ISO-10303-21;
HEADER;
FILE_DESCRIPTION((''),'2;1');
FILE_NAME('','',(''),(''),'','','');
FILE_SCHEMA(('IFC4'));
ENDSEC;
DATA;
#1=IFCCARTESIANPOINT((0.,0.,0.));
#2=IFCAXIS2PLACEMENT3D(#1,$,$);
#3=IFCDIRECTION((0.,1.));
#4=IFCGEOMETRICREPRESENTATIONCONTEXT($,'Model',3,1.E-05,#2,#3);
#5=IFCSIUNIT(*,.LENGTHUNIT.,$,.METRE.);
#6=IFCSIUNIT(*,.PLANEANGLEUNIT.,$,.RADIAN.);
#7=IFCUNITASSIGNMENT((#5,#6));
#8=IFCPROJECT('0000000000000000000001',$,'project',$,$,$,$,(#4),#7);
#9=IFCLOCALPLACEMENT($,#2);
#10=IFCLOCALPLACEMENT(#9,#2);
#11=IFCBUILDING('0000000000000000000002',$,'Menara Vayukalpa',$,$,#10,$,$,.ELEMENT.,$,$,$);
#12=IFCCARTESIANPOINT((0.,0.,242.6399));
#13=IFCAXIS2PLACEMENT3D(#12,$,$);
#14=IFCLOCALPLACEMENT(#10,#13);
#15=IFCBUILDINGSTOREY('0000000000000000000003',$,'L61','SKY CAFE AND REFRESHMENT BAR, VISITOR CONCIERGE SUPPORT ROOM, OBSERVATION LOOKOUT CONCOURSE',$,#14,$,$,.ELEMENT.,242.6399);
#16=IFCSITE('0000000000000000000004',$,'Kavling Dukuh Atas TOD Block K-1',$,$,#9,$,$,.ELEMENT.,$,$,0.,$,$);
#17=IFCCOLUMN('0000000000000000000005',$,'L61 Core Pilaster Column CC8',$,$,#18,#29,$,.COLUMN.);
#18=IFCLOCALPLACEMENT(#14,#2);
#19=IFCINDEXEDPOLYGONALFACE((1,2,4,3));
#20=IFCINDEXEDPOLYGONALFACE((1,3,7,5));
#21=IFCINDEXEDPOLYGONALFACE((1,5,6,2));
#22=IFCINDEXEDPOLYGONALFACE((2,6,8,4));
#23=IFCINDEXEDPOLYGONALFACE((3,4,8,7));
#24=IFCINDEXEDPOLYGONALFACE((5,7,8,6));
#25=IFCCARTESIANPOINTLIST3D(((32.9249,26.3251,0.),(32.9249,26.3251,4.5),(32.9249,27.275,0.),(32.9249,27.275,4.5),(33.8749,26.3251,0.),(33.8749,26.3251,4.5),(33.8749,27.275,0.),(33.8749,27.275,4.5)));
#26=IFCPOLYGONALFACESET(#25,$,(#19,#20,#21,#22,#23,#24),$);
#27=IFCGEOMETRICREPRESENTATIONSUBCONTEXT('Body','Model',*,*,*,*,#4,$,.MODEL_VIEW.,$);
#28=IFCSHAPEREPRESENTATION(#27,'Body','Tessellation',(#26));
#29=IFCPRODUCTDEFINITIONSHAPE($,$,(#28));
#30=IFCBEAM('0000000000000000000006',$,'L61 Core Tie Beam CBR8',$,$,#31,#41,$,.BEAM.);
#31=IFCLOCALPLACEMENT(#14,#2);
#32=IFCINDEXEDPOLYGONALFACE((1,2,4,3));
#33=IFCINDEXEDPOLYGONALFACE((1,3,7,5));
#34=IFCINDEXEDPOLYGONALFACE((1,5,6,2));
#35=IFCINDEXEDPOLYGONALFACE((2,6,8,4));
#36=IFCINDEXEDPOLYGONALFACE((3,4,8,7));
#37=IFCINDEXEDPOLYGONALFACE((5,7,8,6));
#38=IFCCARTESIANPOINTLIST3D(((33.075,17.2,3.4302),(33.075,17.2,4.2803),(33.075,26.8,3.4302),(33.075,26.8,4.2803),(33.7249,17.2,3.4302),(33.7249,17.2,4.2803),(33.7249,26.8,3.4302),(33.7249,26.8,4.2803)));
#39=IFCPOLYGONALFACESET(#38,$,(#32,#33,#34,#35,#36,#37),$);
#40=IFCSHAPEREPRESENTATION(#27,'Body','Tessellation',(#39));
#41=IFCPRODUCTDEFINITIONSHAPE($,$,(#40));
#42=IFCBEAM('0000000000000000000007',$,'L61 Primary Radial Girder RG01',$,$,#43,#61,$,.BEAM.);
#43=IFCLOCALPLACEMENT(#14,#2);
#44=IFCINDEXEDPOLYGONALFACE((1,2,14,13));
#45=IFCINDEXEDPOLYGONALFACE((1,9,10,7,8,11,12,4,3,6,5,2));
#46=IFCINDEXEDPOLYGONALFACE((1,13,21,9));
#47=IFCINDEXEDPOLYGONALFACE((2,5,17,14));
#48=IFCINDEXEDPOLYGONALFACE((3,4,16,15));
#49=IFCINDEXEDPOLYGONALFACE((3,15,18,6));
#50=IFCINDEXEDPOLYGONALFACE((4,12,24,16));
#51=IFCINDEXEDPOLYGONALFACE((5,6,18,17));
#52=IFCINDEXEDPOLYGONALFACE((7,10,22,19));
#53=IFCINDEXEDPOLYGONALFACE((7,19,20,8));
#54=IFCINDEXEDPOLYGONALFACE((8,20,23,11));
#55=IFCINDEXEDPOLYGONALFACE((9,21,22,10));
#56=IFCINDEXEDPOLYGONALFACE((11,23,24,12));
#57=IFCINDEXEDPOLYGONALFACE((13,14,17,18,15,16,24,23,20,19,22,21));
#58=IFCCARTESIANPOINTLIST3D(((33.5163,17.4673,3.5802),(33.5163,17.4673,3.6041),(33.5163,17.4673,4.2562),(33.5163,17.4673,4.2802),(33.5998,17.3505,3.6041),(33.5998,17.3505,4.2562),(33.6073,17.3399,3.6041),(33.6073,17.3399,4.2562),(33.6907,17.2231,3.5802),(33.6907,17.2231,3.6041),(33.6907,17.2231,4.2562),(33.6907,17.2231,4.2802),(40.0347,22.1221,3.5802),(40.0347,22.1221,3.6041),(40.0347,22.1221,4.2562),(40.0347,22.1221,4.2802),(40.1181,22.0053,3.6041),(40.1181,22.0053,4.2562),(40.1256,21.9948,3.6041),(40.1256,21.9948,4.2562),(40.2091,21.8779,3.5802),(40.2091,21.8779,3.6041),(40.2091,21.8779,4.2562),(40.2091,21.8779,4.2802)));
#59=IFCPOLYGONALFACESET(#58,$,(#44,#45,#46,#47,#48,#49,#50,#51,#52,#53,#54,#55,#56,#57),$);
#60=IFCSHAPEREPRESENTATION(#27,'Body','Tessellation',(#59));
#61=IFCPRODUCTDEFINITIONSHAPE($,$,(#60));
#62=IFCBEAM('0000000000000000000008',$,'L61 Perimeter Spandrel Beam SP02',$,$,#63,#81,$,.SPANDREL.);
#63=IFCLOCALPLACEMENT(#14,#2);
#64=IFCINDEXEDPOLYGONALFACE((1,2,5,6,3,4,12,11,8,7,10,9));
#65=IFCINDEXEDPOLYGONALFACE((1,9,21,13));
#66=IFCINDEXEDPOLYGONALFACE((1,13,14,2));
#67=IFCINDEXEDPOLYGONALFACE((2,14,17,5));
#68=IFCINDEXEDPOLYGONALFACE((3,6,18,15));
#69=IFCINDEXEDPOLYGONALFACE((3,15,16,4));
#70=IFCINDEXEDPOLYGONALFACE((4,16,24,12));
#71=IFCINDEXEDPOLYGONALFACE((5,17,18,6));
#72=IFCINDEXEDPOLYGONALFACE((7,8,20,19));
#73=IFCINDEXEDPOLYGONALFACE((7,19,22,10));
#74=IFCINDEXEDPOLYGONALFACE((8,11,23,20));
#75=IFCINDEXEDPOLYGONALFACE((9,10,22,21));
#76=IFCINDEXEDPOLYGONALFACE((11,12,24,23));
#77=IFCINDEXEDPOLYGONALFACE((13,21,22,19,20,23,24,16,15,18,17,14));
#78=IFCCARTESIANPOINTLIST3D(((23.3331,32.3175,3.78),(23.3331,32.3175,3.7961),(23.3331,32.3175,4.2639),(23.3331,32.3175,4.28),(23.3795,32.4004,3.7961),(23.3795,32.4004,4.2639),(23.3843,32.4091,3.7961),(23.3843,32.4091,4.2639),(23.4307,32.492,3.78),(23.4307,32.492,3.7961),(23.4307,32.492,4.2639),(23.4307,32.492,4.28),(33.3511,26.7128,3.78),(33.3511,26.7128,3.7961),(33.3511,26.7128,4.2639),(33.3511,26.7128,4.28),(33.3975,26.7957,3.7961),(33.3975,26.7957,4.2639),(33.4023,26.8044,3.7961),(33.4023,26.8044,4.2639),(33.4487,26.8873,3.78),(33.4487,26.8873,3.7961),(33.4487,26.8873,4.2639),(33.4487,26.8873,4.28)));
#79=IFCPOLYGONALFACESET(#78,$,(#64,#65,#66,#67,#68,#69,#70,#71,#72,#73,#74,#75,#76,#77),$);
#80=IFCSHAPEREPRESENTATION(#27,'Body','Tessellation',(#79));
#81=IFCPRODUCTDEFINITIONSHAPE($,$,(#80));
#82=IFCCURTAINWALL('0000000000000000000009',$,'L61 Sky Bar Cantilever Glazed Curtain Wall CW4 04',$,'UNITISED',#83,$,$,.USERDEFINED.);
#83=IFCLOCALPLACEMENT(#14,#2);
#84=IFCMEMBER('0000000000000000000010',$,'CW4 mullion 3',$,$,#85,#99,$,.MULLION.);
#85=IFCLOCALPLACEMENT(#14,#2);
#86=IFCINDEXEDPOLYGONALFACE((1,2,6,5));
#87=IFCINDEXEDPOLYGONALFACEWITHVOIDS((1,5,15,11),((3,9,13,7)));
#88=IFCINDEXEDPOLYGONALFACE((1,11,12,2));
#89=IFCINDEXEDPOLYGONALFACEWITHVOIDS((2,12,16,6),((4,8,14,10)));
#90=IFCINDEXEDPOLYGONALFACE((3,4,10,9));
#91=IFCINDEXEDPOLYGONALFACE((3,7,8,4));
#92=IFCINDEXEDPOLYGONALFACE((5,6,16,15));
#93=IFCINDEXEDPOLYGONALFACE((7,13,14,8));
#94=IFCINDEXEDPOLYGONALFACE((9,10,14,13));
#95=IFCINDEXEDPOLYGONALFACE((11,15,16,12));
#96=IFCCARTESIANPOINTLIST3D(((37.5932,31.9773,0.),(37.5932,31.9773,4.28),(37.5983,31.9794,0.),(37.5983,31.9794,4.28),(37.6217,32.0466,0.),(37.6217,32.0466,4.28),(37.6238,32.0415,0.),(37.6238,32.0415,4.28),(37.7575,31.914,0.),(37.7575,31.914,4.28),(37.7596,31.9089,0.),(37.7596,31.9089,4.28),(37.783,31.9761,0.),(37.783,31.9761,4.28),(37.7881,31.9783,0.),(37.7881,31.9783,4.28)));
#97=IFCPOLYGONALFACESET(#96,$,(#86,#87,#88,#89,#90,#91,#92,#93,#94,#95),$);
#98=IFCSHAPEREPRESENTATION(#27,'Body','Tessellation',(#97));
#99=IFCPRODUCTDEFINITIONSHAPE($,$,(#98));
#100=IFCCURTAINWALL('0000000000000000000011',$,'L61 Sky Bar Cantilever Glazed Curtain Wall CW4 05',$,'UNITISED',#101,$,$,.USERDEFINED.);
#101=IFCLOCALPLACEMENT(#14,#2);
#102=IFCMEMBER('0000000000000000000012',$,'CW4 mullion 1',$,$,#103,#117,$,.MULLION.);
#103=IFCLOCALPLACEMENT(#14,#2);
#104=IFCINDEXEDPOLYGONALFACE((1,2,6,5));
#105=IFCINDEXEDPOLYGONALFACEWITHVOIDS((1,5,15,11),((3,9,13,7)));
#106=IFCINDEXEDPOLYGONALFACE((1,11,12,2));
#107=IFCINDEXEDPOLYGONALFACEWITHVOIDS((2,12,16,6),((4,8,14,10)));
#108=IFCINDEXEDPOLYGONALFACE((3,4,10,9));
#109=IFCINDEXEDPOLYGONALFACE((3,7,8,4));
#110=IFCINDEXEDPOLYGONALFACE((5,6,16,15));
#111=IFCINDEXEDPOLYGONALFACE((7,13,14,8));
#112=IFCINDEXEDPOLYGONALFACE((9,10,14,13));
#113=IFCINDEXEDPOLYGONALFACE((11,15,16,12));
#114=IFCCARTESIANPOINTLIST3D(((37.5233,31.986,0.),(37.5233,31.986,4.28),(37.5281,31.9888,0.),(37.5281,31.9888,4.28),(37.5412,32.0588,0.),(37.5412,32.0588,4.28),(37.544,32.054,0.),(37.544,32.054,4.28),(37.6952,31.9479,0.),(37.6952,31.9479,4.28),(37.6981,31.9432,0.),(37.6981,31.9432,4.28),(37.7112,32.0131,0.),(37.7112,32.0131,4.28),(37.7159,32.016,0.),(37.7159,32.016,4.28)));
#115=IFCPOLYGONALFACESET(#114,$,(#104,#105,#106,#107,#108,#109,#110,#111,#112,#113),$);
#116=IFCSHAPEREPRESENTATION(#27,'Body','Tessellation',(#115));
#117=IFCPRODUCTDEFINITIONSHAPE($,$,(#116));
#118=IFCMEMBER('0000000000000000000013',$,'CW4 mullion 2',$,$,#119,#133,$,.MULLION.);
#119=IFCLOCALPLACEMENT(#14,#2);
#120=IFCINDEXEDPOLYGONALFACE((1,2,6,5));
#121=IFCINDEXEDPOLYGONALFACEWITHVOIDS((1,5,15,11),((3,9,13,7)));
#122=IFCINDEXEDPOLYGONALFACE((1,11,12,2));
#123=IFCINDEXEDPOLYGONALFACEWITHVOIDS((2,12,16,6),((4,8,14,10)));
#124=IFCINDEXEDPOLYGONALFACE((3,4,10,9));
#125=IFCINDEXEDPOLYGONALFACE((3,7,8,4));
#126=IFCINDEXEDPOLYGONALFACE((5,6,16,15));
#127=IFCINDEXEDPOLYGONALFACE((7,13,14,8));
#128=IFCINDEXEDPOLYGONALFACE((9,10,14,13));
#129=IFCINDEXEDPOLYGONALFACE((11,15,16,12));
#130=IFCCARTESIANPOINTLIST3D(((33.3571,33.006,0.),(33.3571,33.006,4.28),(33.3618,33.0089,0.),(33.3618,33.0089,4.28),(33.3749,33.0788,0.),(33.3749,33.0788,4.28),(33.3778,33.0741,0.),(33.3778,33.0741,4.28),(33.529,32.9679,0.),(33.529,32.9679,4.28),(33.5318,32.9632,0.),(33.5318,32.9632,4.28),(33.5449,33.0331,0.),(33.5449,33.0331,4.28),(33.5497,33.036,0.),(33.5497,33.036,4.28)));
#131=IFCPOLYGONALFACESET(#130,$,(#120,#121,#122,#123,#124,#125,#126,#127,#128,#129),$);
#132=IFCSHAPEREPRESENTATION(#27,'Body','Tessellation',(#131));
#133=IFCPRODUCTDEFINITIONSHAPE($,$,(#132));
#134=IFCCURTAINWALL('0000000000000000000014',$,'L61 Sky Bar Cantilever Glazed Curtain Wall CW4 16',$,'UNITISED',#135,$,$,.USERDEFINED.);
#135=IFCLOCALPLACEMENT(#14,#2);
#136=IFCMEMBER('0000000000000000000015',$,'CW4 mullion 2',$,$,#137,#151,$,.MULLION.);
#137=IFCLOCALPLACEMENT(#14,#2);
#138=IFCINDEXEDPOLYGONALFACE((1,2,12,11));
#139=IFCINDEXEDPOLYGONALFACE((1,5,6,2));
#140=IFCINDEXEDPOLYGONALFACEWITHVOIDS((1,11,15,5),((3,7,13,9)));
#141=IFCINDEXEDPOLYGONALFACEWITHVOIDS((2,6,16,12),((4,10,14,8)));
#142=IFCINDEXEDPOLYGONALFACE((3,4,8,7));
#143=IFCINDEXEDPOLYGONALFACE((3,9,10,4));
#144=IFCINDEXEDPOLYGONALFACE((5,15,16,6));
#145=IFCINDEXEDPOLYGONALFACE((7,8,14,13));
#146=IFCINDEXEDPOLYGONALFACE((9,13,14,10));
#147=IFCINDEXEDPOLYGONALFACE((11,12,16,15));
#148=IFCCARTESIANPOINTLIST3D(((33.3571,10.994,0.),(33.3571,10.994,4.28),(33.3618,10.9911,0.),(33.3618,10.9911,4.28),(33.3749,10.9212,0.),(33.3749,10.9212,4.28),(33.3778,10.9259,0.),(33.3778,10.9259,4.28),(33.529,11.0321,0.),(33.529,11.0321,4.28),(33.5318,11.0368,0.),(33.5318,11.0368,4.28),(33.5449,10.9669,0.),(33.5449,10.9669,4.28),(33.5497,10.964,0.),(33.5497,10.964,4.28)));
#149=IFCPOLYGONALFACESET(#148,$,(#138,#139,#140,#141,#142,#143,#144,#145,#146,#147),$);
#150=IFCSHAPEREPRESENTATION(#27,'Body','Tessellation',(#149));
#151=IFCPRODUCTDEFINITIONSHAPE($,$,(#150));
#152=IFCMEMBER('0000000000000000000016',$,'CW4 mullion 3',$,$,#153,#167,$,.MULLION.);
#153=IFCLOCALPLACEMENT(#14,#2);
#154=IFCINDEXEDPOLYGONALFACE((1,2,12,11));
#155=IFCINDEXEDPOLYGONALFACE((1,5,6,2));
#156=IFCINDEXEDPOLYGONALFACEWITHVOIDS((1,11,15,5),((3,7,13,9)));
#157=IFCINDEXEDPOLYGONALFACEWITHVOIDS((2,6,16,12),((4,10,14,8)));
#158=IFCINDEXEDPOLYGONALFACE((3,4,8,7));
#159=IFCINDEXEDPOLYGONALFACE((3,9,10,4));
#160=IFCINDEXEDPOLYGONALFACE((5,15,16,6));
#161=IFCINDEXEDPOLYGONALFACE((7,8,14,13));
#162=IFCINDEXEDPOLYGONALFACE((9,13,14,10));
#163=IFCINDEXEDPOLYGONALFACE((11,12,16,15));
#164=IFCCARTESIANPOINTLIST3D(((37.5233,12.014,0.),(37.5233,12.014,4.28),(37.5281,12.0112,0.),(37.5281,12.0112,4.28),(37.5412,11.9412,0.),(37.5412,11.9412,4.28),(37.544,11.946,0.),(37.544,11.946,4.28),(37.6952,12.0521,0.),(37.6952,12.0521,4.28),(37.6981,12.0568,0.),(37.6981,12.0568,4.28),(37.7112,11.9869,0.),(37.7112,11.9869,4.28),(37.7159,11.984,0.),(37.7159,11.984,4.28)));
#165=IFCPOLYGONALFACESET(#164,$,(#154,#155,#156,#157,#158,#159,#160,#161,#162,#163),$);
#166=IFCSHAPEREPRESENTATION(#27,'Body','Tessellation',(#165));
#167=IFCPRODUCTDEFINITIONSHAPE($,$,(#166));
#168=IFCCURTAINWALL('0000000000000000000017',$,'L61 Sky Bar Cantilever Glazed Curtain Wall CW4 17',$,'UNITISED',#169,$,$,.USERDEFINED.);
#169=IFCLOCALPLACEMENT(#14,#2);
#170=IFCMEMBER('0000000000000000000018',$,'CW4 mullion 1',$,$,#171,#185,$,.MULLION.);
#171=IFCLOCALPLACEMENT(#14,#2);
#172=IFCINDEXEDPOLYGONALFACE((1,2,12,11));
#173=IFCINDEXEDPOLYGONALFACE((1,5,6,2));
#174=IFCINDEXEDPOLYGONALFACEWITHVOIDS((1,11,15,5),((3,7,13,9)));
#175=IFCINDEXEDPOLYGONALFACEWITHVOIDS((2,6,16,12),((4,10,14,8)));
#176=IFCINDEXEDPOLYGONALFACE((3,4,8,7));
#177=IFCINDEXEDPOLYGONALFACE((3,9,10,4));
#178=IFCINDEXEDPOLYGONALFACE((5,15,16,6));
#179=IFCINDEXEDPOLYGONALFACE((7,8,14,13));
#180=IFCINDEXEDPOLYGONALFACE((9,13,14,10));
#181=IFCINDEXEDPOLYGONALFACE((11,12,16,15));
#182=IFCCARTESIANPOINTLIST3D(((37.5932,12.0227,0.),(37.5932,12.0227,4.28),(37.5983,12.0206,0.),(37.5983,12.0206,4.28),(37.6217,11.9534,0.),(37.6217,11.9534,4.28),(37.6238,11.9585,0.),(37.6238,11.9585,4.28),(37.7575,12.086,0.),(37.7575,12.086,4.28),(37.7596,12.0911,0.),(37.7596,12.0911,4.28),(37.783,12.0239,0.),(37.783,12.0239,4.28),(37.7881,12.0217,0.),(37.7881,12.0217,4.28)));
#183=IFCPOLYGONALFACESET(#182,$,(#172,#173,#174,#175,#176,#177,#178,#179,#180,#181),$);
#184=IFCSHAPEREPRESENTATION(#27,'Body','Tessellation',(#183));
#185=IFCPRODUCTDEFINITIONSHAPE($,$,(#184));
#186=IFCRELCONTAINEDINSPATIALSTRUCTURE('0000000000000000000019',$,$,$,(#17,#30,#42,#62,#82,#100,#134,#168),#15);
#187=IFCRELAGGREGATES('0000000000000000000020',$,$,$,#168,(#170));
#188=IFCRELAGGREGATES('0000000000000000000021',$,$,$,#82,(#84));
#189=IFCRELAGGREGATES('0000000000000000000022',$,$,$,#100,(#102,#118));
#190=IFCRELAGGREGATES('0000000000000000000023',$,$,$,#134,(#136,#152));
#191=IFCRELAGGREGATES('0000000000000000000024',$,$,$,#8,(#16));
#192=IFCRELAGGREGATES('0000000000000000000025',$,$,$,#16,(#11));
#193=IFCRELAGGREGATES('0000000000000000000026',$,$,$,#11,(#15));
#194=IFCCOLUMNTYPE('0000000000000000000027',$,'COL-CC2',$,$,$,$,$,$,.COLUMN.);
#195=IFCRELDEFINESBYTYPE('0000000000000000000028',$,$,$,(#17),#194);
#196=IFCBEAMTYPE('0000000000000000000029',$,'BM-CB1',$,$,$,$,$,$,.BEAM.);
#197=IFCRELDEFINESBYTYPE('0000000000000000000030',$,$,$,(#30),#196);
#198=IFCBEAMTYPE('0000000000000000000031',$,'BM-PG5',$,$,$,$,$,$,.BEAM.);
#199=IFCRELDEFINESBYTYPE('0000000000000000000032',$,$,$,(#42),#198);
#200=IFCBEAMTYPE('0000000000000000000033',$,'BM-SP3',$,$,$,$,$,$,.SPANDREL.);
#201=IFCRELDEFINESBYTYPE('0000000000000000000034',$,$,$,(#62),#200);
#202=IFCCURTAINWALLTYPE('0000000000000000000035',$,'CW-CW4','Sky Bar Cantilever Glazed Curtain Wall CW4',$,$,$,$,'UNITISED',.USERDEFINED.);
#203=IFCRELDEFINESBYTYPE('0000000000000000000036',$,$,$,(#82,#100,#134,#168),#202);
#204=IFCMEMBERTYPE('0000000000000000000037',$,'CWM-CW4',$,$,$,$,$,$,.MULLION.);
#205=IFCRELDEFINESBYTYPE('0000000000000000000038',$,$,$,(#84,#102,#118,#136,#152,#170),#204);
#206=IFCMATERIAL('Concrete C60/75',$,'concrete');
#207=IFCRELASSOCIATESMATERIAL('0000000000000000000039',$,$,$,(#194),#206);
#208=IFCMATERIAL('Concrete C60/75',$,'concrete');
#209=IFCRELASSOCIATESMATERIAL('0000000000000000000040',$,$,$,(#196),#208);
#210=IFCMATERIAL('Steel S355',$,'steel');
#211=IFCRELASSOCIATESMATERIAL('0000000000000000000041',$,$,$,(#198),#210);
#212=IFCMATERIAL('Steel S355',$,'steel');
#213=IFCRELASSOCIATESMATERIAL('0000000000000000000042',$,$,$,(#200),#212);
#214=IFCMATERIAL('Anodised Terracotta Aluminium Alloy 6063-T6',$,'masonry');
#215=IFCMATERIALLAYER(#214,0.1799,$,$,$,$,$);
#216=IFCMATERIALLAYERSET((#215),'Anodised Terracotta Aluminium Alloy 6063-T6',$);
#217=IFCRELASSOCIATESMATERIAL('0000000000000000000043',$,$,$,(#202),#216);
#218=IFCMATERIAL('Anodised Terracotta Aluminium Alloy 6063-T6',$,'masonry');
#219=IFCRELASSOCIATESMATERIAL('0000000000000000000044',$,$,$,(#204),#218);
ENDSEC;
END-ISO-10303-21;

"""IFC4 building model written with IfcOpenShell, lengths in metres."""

from ifc_helpers import new_model, si_unit, direction, frame, origin, origin_2d, place, context, subcontext, project, spatial, rectangle, hollow_rectangle, i_section, extrude, material, layer, layer_set, material_profile, profile_set, type_object, element, aggregate, save


model = new_model("IFC4")

# Units and contexts
model_context = context("Model", 3, precision=1e-05, world=origin(), true_north=direction((0.0, 1.0)))
body_context = subcontext(model_context, "Body", "Model", "MODEL_VIEW")
ifc_project = project(units=[si_unit("LENGTHUNIT", "METRE"), si_unit("PLANEANGLEUNIT", "RADIAN")], contexts=[model_context])

# Site, building, storey
site_placement = place(None, origin())
site = spatial("IfcSite", under=ifc_project, at=site_placement, Name="Kavling Dukuh Atas TOD Block K-1", CompositionType="ELEMENT", RefElevation=0.0)
building_placement = place(site_placement, origin())
building = spatial("IfcBuilding", under=site, at=building_placement, Name="Menara Vayukalpa", CompositionType="ELEMENT")
storey_placement = place(building_placement, frame((0.0, 0.0, 242.6399)))
storey = spatial("IfcBuildingStorey", under=building, at=storey_placement, Name="L61", Description="SKY CAFE AND REFRESHMENT BAR, VISITOR CONCIERGE SUPPORT ROOM, OBSERVATION LOOKOUT CONCOURSE", CompositionType="ELEMENT", Elevation=242.6399)

# Column
ifc_material_1 = material(Name="Concrete C60/75", Category="concrete")
ifc_material_profile_1 = material_profile(ifc_material_1, rectangle(XDim=0.95, YDim=0.95, at=origin_2d()), Name="RC 950x950")
ifc_profile_set_1 = profile_set([ifc_material_profile_1], Name="Concrete C60/75")
column_type = type_object("IfcColumnType", Name="COL-CC2", PredefinedType="COLUMN", material=ifc_profile_set_1)
column_placement = place(storey_placement, frame((33.3999, 26.8, 0.0), z_axis=(0.0, 0.0, 1.0), x_axis=(1.0, 0.0, 0.0)))
element("IfcColumn", 1, at=column_placement, inside=storey, type_object=column_type, Name="L61 Core Pilaster Column CC8", PredefinedType="COLUMN", context=body_context, shape_type="SweptSolid", body=[
    extrude(rectangle(XDim=0.95, YDim=0.95, at=origin_2d()), origin(), (0.0, 0.0, 1.0), 4.5),
])

# Beams
ifc_material_2 = material(Name="Concrete C60/75", Category="concrete")
ifc_material_profile_2 = material_profile(ifc_material_2, rectangle(XDim=0.6499, YDim=0.8501, at=origin_2d()), Name="RC 650x850")
ifc_profile_set_2 = profile_set([ifc_material_profile_2], Name="Concrete C60/75")
beam_type_1 = type_object("IfcBeamType", Name="BM-CB1", PredefinedType="BEAM", material=ifc_profile_set_2)
beam_1_placement = place(storey_placement, frame((33.3999, 17.2, 3.8552), z_axis=(0.0, 1.0, 0.0), x_axis=(-1.0, 0.0, 0.0)))
element("IfcBeam", 2, at=beam_1_placement, inside=storey, type_object=beam_type_1, Name="L61 Core Tie Beam CBR8", PredefinedType="BEAM", context=body_context, shape_type="SweptSolid", body=[
    extrude(rectangle(XDim=0.6499, YDim=0.8501, at=origin_2d()), origin(), (0.0, 0.0, 1.0), 9.6001),
])
ifc_material_3 = material(Name="Steel S355", Category="steel")
ifc_material_profile_3 = material_profile(ifc_material_3, i_section(OverallWidth=0.3, OverallDepth=0.7, WebThickness=0.0129, FlangeThickness=0.0239, at=origin_2d()), Name="WF 700x300x13x24")
ifc_profile_set_3 = profile_set([ifc_material_profile_3], Name="Steel S355")
beam_type_2 = type_object("IfcBeamType", Name="BM-PG5", PredefinedType="BEAM", material=ifc_profile_set_3)
beam_2_placement = place(storey_placement, frame((33.6035, 17.3452, 3.9302), z_axis=(0.813801, 0.581143, 0.0), x_axis=(-0.581143, 0.813801, 0.0)))
element("IfcBeam", 3, at=beam_2_placement, inside=storey, type_object=beam_type_2, Name="L61 Primary Radial Girder RG01", PredefinedType="BEAM", context=body_context, shape_type="SweptSolid", body=[
    extrude(i_section(OverallWidth=0.3, OverallDepth=0.7, WebThickness=0.0129, FlangeThickness=0.0239, at=origin_2d()), origin(), (0.0, 0.0, 1.0), 8.0098),
])
ifc_material_4 = material(Name="Steel S355", Category="steel")
ifc_material_profile_4 = material_profile(ifc_material_4, i_section(OverallWidth=0.2, OverallDepth=0.5, WebThickness=0.01, FlangeThickness=0.0161, at=origin_2d()), Name="WF 500x200x10x16")
ifc_profile_set_4 = profile_set([ifc_material_profile_4], Name="Steel S355")
beam_type_3 = type_object("IfcBeamType", Name="BM-SP3", PredefinedType="SPANDREL", material=ifc_profile_set_4)
beam_3_placement = place(storey_placement, frame((33.3999, 26.8, 4.03), z_axis=(-0.872706, 0.488246, 0.0), x_axis=(-0.488246, -0.872706, 0.0)))
element("IfcBeam", 4, at=beam_3_placement, inside=storey, type_object=beam_type_3, Name="L61 Perimeter Spandrel Beam SP02", PredefinedType="SPANDREL", context=body_context, shape_type="SweptSolid", body=[
    extrude(i_section(OverallWidth=0.2, OverallDepth=0.5, WebThickness=0.01, FlangeThickness=0.0161, at=origin_2d()), origin(), (0.0, 0.0, 1.0), 11.4792),
])

# Curtain wall, member
ifc_material_5 = material(Name="Anodised Terracotta Aluminium Alloy 6063-T6", Category="masonry")
ifc_layer_1 = layer(ifc_material_5, 0.1799)
ifc_layer_set_1 = layer_set([ifc_layer_1], Name="Anodised Terracotta Aluminium Alloy 6063-T6")
curtain_wall_type = type_object("IfcCurtainWallType", Name="CW-CW4", Description="Sky Bar Cantilever Glazed Curtain Wall CW4", ElementType="UNITISED", PredefinedType="USERDEFINED", material=ifc_layer_set_1)
curtain_wall_1_placement = place(storey_placement, origin())
curtain_wall_1 = element("IfcCurtainWall", 5, at=curtain_wall_1_placement, inside=storey, type_object=curtain_wall_type, Name="L61 Sky Bar Cantilever Glazed Curtain Wall CW4 04", ObjectType="UNITISED", PredefinedType="USERDEFINED")
ifc_material_6 = material(Name="Anodised Terracotta Aluminium Alloy 6063-T6", Category="masonry")
ifc_material_profile_5 = material_profile(ifc_material_6, hollow_rectangle(XDim=0.075, YDim=0.1799, WallThickness=0.0039, at=origin_2d()), Name="ALU 75x180x4")
ifc_profile_set_5 = profile_set([ifc_material_profile_5], Name="Anodised Terracotta Aluminium Alloy 6063-T6")
member_type_1 = type_object("IfcMemberType", Name="CWM-CW4", PredefinedType="MULLION", material=ifc_profile_set_5)
member_1_placement = place(storey_placement, frame((37.6907, 31.9778, 0.0), z_axis=(0.0, 0.0, 1.0), x_axis=(-0.380039, -0.92497, 0.0)))
member_1 = element("IfcMember", 6, at=member_1_placement, type_object=member_type_1, Name="CW4 mullion 3", PredefinedType="MULLION", context=body_context, shape_type="SweptSolid", body=[
    extrude(hollow_rectangle(XDim=0.075, YDim=0.1799, WallThickness=0.0039, at=origin_2d()), origin(), (0.0, 0.0, 1.0), 4.28),
])

# Curtain walls, members
curtain_wall_2_placement = place(storey_placement, origin())
curtain_wall_2 = element("IfcCurtainWall", 7, at=curtain_wall_2_placement, inside=storey, type_object=curtain_wall_type, Name="L61 Sky Bar Cantilever Glazed Curtain Wall CW4 05", ObjectType="UNITISED", PredefinedType="USERDEFINED")
member_2_placement = place(storey_placement, frame((37.6196, 32.001, 0.0), z_axis=(0.0, 0.0, 1.0), x_axis=(-0.23781, -0.971312, 0.0)))
member_2 = element("IfcMember", 8, at=member_2_placement, type_object=member_type_1, Name="CW4 mullion 1", PredefinedType="MULLION", context=body_context, shape_type="SweptSolid", body=[
    extrude(hollow_rectangle(XDim=0.075, YDim=0.1799, WallThickness=0.0039, at=origin_2d()), origin(), (0.0, 0.0, 1.0), 4.28),
])
member_3_placement = place(storey_placement, frame((33.4534, 33.021, 0.0), z_axis=(0.0, 0.0, 1.0), x_axis=(-0.23781, -0.971312, 0.0)))
member_3 = element("IfcMember", 9, at=member_3_placement, type_object=member_type_1, Name="CW4 mullion 2", PredefinedType="MULLION", context=body_context, shape_type="SweptSolid", body=[
    extrude(hollow_rectangle(XDim=0.075, YDim=0.1799, WallThickness=0.0039, at=origin_2d()), origin(), (0.0, 0.0, 1.0), 4.28),
])
curtain_wall_3_placement = place(storey_placement, origin())
curtain_wall_3 = element("IfcCurtainWall", 10, at=curtain_wall_3_placement, inside=storey, type_object=curtain_wall_type, Name="L61 Sky Bar Cantilever Glazed Curtain Wall CW4 16", ObjectType="UNITISED", PredefinedType="USERDEFINED")
member_4_placement = place(storey_placement, frame((33.4534, 10.979, 0.0), z_axis=(0.0, 0.0, 1.0), x_axis=(-0.23781, 0.971312, 0.0)))
member_4 = element("IfcMember", 11, at=member_4_placement, type_object=member_type_1, Name="CW4 mullion 2", PredefinedType="MULLION", context=body_context, shape_type="SweptSolid", body=[
    extrude(hollow_rectangle(XDim=0.075, YDim=0.1799, WallThickness=0.0039, at=origin_2d()), origin(), (0.0, 0.0, 1.0), 4.28),
])
member_5_placement = place(storey_placement, frame((37.6196, 11.999, 0.0), z_axis=(0.0, 0.0, 1.0), x_axis=(-0.23781, 0.971312, 0.0)))
member_5 = element("IfcMember", 12, at=member_5_placement, type_object=member_type_1, Name="CW4 mullion 3", PredefinedType="MULLION", context=body_context, shape_type="SweptSolid", body=[
    extrude(hollow_rectangle(XDim=0.075, YDim=0.1799, WallThickness=0.0039, at=origin_2d()), origin(), (0.0, 0.0, 1.0), 4.28),
])

# Curtain wall, member
curtain_wall_4_placement = place(storey_placement, origin())
curtain_wall_4 = element("IfcCurtainWall", 13, at=curtain_wall_4_placement, inside=storey, type_object=curtain_wall_type, Name="L61 Sky Bar Cantilever Glazed Curtain Wall CW4 17", ObjectType="UNITISED", PredefinedType="USERDEFINED")
member_6_placement = place(storey_placement, frame((37.6907, 12.0222, 0.0), z_axis=(0.0, 0.0, 1.0), x_axis=(-0.380039, 0.92497, 0.0)))
member_6 = element("IfcMember", 14, at=member_6_placement, type_object=member_type_1, Name="CW4 mullion 1", PredefinedType="MULLION", context=body_context, shape_type="SweptSolid", body=[
    extrude(hollow_rectangle(XDim=0.075, YDim=0.1799, WallThickness=0.0039, at=origin_2d()), origin(), (0.0, 0.0, 1.0), 4.28),
])

aggregate(curtain_wall_4, [member_6])

aggregate(curtain_wall_1, [member_1])
aggregate(curtain_wall_2, [member_2, member_3])
aggregate(curtain_wall_3, [member_4, member_5])

save(model, "model.ifc")
